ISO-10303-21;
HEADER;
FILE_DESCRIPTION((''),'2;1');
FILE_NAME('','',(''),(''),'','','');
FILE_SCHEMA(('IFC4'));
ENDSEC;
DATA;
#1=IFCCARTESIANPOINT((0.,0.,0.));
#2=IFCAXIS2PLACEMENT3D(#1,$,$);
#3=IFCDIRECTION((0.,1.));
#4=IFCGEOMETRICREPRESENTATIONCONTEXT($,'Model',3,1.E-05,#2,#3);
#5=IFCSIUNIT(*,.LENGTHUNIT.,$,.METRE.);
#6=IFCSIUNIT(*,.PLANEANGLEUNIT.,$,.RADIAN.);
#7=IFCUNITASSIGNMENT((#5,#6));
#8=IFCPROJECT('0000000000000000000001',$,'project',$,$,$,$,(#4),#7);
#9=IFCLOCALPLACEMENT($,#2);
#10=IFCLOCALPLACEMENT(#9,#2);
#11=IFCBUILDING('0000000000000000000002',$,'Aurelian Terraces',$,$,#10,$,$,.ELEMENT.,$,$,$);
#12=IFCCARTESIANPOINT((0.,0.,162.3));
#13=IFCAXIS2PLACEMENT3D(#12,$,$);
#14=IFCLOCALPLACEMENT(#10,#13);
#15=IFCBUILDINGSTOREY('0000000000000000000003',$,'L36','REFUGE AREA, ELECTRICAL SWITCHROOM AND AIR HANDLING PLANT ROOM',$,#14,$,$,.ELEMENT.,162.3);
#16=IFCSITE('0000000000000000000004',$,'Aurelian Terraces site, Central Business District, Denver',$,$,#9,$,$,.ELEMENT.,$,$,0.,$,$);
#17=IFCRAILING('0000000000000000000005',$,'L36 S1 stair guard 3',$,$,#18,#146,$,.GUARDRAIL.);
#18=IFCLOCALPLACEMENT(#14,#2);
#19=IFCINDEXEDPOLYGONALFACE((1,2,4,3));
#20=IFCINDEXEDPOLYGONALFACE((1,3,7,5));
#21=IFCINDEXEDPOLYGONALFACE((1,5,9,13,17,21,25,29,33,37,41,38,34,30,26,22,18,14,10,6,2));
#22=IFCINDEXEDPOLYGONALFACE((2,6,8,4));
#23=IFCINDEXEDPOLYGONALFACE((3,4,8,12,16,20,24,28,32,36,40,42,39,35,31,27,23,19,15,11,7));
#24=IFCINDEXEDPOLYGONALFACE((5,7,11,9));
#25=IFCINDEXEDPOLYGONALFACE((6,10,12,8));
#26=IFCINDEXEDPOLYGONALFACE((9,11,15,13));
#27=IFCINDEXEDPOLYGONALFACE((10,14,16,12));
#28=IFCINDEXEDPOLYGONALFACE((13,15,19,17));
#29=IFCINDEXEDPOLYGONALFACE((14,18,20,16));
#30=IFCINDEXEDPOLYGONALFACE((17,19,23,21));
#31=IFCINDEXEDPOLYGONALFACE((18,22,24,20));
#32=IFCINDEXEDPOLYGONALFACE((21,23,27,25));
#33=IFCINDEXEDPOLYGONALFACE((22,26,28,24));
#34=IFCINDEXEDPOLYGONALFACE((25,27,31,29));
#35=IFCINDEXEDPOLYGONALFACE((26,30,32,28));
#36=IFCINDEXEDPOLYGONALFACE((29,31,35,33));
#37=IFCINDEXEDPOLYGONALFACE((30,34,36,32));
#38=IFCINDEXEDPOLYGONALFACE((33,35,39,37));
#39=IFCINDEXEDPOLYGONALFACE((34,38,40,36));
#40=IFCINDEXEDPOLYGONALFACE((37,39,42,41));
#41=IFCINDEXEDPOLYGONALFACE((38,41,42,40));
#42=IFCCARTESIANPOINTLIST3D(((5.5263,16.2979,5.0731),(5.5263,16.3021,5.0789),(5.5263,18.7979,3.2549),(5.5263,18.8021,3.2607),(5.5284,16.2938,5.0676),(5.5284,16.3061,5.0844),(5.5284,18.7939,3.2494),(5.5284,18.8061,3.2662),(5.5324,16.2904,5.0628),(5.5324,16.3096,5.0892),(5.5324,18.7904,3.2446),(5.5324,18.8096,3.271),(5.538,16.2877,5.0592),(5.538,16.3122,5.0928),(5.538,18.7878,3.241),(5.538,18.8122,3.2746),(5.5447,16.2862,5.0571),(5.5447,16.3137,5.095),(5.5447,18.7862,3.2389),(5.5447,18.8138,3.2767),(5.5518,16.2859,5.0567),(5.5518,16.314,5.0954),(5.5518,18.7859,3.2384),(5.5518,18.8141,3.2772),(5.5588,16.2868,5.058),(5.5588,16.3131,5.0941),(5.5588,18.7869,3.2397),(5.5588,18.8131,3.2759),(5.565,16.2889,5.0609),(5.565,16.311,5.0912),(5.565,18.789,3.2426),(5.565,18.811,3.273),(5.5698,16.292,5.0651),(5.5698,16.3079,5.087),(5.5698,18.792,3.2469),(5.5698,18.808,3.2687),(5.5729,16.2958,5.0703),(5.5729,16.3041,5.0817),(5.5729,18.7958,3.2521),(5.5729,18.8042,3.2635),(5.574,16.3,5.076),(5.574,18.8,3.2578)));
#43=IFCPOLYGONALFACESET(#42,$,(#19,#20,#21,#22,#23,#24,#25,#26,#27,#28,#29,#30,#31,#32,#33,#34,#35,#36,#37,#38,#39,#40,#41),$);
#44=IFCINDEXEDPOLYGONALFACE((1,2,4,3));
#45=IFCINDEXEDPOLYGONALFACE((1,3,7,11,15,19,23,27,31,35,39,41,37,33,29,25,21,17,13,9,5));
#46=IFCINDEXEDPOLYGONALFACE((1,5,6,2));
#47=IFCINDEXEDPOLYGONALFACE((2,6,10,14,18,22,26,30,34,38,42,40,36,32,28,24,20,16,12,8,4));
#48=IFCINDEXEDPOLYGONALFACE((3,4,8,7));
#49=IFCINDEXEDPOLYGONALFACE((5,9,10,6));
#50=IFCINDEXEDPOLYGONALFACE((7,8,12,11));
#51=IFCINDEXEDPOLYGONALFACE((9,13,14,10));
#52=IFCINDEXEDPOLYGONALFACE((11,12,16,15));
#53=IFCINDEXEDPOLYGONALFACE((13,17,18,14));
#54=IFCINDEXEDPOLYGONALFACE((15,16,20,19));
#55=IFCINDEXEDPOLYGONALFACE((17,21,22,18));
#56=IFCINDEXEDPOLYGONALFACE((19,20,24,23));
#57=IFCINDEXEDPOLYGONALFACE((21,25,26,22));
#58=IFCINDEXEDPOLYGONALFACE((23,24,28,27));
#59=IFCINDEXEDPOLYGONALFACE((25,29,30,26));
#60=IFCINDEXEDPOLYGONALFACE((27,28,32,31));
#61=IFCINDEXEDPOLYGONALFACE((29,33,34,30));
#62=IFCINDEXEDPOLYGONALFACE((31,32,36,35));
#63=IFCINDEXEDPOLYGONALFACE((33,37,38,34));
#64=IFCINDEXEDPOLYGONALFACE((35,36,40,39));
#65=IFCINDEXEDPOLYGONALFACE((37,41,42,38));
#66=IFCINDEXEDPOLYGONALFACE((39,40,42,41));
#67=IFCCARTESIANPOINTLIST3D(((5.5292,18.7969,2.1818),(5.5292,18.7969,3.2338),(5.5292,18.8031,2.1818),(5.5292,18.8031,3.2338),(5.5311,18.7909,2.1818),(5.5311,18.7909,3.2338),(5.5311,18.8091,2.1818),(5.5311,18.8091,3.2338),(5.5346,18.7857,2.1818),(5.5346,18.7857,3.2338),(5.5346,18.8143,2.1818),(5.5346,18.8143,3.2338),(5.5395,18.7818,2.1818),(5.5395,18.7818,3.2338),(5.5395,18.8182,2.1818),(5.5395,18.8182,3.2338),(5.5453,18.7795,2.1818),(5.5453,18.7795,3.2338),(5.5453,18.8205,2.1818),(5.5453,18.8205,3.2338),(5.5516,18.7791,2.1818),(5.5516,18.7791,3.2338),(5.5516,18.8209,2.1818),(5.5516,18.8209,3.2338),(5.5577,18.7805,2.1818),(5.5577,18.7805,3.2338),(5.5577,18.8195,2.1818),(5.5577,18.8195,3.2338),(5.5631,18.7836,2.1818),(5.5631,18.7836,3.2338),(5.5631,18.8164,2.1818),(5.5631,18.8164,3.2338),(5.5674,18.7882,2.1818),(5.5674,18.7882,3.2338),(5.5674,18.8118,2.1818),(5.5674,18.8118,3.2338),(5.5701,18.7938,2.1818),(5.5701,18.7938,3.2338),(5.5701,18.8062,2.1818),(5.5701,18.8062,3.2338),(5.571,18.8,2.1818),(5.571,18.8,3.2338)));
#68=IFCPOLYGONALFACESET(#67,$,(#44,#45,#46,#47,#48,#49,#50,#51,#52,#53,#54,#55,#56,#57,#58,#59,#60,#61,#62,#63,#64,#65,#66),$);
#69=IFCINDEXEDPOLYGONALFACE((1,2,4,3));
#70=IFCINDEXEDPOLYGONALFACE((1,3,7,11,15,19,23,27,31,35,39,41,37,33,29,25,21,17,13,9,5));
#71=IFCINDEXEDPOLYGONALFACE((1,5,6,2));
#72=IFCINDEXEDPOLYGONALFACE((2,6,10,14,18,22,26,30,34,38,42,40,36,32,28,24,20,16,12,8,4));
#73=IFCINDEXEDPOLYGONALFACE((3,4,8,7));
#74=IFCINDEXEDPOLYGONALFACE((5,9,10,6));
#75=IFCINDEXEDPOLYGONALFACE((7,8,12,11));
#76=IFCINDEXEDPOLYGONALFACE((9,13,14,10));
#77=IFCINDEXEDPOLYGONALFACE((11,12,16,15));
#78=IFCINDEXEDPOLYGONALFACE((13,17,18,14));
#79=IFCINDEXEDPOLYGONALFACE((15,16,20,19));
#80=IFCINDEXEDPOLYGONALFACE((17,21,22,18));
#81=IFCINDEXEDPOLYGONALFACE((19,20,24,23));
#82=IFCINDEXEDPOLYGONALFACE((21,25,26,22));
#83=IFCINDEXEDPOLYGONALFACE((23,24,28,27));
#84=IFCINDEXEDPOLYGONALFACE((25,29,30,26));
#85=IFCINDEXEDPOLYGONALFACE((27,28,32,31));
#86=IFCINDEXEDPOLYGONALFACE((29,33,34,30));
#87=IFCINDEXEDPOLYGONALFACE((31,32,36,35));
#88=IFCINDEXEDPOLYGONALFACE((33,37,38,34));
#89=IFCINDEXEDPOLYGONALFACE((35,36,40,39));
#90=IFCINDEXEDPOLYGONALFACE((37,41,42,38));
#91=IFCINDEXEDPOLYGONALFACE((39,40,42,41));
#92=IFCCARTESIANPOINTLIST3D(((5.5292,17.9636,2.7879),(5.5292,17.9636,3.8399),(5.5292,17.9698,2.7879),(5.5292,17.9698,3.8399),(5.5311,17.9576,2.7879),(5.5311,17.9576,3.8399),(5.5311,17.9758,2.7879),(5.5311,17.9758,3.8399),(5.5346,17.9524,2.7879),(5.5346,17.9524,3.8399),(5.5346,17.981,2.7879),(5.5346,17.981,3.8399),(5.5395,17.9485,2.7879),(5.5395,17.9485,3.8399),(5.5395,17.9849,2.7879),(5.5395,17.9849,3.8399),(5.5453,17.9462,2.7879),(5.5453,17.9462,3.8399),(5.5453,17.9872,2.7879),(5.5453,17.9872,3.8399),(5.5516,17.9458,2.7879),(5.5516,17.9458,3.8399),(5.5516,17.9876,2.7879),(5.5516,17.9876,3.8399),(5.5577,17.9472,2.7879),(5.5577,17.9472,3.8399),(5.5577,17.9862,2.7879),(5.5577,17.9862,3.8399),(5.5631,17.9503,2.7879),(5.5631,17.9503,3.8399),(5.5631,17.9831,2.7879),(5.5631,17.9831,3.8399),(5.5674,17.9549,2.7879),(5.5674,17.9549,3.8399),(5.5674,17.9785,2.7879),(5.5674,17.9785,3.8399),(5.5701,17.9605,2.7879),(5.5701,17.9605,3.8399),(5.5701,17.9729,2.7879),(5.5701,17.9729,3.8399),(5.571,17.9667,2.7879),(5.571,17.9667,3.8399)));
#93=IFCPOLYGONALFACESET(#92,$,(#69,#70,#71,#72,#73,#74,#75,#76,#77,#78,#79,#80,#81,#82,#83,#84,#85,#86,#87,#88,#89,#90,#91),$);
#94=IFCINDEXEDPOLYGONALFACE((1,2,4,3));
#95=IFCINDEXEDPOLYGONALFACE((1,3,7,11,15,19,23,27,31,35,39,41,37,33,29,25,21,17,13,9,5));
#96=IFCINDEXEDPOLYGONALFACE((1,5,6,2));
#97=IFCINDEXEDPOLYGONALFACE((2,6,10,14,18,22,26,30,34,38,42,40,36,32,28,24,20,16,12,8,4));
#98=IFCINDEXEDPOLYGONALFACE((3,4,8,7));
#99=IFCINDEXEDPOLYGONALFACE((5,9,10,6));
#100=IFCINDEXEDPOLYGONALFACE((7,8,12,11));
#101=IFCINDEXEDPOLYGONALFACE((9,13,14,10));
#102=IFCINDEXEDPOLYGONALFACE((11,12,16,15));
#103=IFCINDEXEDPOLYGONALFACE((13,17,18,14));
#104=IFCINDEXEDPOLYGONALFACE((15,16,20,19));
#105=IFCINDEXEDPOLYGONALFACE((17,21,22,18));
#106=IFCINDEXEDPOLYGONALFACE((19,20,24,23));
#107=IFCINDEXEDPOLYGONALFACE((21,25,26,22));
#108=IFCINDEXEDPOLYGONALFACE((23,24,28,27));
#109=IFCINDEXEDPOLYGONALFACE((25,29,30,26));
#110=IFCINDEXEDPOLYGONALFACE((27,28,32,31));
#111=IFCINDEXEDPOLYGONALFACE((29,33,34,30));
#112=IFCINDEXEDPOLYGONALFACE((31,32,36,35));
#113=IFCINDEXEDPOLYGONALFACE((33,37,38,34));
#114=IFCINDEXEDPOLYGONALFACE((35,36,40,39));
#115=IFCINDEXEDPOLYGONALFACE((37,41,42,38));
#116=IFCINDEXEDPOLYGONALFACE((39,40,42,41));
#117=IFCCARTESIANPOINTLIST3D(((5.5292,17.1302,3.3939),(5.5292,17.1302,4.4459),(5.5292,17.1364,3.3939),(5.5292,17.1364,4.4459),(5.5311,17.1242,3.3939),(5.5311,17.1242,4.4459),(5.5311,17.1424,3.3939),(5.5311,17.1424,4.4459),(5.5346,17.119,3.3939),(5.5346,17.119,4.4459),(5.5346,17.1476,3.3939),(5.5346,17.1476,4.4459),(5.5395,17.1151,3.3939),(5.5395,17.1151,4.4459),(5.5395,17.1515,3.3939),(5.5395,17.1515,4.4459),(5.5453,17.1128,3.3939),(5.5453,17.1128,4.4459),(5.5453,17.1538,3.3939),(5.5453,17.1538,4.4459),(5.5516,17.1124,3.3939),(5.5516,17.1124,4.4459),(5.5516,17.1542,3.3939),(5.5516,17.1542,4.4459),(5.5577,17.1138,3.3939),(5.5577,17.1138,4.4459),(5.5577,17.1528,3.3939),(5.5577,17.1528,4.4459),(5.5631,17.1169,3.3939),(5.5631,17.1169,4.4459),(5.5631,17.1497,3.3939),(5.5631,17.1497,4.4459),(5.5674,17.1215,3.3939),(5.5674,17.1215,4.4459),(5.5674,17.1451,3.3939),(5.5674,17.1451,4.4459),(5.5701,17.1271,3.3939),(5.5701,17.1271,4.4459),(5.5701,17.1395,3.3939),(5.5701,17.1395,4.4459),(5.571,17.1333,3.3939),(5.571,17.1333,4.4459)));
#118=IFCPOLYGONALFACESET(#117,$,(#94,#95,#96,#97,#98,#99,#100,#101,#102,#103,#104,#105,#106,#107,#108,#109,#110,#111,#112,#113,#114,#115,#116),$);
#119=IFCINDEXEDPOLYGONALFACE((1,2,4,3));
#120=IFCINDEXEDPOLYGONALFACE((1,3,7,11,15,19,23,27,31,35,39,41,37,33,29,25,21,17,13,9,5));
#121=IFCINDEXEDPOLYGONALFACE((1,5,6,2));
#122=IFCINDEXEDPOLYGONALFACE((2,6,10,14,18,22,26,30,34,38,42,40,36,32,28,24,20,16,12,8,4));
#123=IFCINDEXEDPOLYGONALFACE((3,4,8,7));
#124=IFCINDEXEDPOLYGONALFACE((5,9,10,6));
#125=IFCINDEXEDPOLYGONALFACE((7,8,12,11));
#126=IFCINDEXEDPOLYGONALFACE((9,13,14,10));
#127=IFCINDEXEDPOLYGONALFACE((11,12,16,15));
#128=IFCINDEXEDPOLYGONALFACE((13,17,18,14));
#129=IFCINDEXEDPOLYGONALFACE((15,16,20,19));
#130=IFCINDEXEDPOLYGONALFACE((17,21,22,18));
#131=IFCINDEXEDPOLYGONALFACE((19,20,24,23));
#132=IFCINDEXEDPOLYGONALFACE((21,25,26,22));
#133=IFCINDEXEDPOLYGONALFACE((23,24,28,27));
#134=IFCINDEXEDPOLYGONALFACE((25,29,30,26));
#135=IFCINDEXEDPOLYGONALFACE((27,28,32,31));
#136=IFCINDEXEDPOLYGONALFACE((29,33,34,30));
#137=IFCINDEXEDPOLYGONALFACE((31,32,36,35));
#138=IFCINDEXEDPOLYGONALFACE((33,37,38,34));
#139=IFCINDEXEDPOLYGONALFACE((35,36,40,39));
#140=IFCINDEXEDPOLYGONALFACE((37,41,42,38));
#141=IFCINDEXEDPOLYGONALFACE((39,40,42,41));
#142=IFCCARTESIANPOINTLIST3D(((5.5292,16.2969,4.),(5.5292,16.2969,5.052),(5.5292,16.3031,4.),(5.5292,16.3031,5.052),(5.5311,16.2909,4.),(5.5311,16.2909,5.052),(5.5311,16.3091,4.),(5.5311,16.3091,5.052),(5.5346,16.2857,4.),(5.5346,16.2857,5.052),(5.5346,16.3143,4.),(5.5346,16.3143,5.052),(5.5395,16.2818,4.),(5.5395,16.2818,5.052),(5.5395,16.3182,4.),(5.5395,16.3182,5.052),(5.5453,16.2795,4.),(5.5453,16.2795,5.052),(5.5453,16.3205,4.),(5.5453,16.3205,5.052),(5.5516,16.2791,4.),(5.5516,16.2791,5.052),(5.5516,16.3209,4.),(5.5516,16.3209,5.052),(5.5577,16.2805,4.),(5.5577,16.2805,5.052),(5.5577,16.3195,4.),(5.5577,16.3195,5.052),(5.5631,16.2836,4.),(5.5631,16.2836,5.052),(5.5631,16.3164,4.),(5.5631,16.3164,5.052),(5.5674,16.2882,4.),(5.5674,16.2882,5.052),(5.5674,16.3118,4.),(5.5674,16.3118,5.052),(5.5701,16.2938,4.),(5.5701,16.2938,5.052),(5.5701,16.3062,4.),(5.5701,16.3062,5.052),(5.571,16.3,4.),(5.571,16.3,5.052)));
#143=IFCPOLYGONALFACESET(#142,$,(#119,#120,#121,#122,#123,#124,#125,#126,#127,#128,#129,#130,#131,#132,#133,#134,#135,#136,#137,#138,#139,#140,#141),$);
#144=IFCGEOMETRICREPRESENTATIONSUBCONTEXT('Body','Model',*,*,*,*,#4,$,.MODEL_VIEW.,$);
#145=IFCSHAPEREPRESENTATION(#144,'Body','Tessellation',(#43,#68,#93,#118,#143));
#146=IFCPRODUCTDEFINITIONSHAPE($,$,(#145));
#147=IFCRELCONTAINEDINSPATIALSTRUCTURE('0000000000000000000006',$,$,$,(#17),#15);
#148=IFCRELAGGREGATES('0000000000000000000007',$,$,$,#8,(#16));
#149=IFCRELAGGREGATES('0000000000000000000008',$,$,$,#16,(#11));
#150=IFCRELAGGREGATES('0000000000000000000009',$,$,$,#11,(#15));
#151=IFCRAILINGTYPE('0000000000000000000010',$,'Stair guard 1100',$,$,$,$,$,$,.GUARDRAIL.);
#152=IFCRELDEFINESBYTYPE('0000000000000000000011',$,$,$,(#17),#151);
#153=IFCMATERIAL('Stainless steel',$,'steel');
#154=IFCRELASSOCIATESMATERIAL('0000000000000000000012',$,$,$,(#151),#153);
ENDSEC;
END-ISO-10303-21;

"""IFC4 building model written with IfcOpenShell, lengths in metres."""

from ifc_helpers import new_model, si_unit, direction, frame, origin, origin_2d, place, context, subcontext, project, spatial, circle, extrude, material, type_object, element, save


model = new_model("IFC4")

# Units and contexts
model_context = context("Model", 3, precision=1e-05, world=origin(), true_north=direction((0.0, 1.0)))
body_context = subcontext(model_context, "Body", "Model", "MODEL_VIEW")
ifc_project = project(units=[si_unit("LENGTHUNIT", "METRE"), si_unit("PLANEANGLEUNIT", "RADIAN")], contexts=[model_context])

# Site, building, storey
site_placement = place(None, origin())
site = spatial("IfcSite", under=ifc_project, at=site_placement, Name="Aurelian Terraces site, Central Business District, Denver", CompositionType="ELEMENT", RefElevation=0.0)
building_placement = place(site_placement, origin())
building = spatial("IfcBuilding", under=site, at=building_placement, Name="Aurelian Terraces", CompositionType="ELEMENT")
storey_placement = place(building_placement, frame((0.0, 0.0, 162.3)))
storey = spatial("IfcBuildingStorey", under=building, at=storey_placement, Name="L36", Description="REFUGE AREA, ELECTRICAL SWITCHROOM AND AIR HANDLING PLANT ROOM", CompositionType="ELEMENT", Elevation=162.3)

# Railing
ifc_material_1 = material(Name="Stainless steel", Category="steel")
railing_type_1 = type_object("IfcRailingType", Name="Stair guard 1100", PredefinedType="GUARDRAIL", material=ifc_material_1)
railing_1_placement = place(storey_placement, frame((5.55, 18.8, 2.1818)))
element("IfcRailing", 1, at=railing_1_placement, inside=storey, type_object=railing_type_1, Name="L36 S1 stair guard 3", PredefinedType="GUARDRAIL", context=body_context, shape_type="SweptSolid", body=[
    extrude(circle(Radius=0.024, at=origin_2d()), frame((0.0, 0.0, 1.076), z_axis=(0.0, -0.808733, 0.588176), x_axis=(1.0, 0.0, 0.0)), (0.0, 0.0, 1.0), 3.0913),
    extrude(circle(Radius=0.021, at=origin_2d()), origin(), (0.0, 0.0, 1.0), 1.052),
    extrude(circle(Radius=0.021, at=origin_2d()), frame((0.0, -0.8333, 0.6061)), (0.0, 0.0, 1.0), 1.052),
    extrude(circle(Radius=0.021, at=origin_2d()), frame((0.0, -1.6667, 1.2121)), (0.0, 0.0, 1.0), 1.052),
    extrude(circle(Radius=0.021, at=origin_2d()), frame((0.0, -2.5, 1.8182)), (0.0, 0.0, 1.0), 1.052),
])

save(model, "model.ifc")
